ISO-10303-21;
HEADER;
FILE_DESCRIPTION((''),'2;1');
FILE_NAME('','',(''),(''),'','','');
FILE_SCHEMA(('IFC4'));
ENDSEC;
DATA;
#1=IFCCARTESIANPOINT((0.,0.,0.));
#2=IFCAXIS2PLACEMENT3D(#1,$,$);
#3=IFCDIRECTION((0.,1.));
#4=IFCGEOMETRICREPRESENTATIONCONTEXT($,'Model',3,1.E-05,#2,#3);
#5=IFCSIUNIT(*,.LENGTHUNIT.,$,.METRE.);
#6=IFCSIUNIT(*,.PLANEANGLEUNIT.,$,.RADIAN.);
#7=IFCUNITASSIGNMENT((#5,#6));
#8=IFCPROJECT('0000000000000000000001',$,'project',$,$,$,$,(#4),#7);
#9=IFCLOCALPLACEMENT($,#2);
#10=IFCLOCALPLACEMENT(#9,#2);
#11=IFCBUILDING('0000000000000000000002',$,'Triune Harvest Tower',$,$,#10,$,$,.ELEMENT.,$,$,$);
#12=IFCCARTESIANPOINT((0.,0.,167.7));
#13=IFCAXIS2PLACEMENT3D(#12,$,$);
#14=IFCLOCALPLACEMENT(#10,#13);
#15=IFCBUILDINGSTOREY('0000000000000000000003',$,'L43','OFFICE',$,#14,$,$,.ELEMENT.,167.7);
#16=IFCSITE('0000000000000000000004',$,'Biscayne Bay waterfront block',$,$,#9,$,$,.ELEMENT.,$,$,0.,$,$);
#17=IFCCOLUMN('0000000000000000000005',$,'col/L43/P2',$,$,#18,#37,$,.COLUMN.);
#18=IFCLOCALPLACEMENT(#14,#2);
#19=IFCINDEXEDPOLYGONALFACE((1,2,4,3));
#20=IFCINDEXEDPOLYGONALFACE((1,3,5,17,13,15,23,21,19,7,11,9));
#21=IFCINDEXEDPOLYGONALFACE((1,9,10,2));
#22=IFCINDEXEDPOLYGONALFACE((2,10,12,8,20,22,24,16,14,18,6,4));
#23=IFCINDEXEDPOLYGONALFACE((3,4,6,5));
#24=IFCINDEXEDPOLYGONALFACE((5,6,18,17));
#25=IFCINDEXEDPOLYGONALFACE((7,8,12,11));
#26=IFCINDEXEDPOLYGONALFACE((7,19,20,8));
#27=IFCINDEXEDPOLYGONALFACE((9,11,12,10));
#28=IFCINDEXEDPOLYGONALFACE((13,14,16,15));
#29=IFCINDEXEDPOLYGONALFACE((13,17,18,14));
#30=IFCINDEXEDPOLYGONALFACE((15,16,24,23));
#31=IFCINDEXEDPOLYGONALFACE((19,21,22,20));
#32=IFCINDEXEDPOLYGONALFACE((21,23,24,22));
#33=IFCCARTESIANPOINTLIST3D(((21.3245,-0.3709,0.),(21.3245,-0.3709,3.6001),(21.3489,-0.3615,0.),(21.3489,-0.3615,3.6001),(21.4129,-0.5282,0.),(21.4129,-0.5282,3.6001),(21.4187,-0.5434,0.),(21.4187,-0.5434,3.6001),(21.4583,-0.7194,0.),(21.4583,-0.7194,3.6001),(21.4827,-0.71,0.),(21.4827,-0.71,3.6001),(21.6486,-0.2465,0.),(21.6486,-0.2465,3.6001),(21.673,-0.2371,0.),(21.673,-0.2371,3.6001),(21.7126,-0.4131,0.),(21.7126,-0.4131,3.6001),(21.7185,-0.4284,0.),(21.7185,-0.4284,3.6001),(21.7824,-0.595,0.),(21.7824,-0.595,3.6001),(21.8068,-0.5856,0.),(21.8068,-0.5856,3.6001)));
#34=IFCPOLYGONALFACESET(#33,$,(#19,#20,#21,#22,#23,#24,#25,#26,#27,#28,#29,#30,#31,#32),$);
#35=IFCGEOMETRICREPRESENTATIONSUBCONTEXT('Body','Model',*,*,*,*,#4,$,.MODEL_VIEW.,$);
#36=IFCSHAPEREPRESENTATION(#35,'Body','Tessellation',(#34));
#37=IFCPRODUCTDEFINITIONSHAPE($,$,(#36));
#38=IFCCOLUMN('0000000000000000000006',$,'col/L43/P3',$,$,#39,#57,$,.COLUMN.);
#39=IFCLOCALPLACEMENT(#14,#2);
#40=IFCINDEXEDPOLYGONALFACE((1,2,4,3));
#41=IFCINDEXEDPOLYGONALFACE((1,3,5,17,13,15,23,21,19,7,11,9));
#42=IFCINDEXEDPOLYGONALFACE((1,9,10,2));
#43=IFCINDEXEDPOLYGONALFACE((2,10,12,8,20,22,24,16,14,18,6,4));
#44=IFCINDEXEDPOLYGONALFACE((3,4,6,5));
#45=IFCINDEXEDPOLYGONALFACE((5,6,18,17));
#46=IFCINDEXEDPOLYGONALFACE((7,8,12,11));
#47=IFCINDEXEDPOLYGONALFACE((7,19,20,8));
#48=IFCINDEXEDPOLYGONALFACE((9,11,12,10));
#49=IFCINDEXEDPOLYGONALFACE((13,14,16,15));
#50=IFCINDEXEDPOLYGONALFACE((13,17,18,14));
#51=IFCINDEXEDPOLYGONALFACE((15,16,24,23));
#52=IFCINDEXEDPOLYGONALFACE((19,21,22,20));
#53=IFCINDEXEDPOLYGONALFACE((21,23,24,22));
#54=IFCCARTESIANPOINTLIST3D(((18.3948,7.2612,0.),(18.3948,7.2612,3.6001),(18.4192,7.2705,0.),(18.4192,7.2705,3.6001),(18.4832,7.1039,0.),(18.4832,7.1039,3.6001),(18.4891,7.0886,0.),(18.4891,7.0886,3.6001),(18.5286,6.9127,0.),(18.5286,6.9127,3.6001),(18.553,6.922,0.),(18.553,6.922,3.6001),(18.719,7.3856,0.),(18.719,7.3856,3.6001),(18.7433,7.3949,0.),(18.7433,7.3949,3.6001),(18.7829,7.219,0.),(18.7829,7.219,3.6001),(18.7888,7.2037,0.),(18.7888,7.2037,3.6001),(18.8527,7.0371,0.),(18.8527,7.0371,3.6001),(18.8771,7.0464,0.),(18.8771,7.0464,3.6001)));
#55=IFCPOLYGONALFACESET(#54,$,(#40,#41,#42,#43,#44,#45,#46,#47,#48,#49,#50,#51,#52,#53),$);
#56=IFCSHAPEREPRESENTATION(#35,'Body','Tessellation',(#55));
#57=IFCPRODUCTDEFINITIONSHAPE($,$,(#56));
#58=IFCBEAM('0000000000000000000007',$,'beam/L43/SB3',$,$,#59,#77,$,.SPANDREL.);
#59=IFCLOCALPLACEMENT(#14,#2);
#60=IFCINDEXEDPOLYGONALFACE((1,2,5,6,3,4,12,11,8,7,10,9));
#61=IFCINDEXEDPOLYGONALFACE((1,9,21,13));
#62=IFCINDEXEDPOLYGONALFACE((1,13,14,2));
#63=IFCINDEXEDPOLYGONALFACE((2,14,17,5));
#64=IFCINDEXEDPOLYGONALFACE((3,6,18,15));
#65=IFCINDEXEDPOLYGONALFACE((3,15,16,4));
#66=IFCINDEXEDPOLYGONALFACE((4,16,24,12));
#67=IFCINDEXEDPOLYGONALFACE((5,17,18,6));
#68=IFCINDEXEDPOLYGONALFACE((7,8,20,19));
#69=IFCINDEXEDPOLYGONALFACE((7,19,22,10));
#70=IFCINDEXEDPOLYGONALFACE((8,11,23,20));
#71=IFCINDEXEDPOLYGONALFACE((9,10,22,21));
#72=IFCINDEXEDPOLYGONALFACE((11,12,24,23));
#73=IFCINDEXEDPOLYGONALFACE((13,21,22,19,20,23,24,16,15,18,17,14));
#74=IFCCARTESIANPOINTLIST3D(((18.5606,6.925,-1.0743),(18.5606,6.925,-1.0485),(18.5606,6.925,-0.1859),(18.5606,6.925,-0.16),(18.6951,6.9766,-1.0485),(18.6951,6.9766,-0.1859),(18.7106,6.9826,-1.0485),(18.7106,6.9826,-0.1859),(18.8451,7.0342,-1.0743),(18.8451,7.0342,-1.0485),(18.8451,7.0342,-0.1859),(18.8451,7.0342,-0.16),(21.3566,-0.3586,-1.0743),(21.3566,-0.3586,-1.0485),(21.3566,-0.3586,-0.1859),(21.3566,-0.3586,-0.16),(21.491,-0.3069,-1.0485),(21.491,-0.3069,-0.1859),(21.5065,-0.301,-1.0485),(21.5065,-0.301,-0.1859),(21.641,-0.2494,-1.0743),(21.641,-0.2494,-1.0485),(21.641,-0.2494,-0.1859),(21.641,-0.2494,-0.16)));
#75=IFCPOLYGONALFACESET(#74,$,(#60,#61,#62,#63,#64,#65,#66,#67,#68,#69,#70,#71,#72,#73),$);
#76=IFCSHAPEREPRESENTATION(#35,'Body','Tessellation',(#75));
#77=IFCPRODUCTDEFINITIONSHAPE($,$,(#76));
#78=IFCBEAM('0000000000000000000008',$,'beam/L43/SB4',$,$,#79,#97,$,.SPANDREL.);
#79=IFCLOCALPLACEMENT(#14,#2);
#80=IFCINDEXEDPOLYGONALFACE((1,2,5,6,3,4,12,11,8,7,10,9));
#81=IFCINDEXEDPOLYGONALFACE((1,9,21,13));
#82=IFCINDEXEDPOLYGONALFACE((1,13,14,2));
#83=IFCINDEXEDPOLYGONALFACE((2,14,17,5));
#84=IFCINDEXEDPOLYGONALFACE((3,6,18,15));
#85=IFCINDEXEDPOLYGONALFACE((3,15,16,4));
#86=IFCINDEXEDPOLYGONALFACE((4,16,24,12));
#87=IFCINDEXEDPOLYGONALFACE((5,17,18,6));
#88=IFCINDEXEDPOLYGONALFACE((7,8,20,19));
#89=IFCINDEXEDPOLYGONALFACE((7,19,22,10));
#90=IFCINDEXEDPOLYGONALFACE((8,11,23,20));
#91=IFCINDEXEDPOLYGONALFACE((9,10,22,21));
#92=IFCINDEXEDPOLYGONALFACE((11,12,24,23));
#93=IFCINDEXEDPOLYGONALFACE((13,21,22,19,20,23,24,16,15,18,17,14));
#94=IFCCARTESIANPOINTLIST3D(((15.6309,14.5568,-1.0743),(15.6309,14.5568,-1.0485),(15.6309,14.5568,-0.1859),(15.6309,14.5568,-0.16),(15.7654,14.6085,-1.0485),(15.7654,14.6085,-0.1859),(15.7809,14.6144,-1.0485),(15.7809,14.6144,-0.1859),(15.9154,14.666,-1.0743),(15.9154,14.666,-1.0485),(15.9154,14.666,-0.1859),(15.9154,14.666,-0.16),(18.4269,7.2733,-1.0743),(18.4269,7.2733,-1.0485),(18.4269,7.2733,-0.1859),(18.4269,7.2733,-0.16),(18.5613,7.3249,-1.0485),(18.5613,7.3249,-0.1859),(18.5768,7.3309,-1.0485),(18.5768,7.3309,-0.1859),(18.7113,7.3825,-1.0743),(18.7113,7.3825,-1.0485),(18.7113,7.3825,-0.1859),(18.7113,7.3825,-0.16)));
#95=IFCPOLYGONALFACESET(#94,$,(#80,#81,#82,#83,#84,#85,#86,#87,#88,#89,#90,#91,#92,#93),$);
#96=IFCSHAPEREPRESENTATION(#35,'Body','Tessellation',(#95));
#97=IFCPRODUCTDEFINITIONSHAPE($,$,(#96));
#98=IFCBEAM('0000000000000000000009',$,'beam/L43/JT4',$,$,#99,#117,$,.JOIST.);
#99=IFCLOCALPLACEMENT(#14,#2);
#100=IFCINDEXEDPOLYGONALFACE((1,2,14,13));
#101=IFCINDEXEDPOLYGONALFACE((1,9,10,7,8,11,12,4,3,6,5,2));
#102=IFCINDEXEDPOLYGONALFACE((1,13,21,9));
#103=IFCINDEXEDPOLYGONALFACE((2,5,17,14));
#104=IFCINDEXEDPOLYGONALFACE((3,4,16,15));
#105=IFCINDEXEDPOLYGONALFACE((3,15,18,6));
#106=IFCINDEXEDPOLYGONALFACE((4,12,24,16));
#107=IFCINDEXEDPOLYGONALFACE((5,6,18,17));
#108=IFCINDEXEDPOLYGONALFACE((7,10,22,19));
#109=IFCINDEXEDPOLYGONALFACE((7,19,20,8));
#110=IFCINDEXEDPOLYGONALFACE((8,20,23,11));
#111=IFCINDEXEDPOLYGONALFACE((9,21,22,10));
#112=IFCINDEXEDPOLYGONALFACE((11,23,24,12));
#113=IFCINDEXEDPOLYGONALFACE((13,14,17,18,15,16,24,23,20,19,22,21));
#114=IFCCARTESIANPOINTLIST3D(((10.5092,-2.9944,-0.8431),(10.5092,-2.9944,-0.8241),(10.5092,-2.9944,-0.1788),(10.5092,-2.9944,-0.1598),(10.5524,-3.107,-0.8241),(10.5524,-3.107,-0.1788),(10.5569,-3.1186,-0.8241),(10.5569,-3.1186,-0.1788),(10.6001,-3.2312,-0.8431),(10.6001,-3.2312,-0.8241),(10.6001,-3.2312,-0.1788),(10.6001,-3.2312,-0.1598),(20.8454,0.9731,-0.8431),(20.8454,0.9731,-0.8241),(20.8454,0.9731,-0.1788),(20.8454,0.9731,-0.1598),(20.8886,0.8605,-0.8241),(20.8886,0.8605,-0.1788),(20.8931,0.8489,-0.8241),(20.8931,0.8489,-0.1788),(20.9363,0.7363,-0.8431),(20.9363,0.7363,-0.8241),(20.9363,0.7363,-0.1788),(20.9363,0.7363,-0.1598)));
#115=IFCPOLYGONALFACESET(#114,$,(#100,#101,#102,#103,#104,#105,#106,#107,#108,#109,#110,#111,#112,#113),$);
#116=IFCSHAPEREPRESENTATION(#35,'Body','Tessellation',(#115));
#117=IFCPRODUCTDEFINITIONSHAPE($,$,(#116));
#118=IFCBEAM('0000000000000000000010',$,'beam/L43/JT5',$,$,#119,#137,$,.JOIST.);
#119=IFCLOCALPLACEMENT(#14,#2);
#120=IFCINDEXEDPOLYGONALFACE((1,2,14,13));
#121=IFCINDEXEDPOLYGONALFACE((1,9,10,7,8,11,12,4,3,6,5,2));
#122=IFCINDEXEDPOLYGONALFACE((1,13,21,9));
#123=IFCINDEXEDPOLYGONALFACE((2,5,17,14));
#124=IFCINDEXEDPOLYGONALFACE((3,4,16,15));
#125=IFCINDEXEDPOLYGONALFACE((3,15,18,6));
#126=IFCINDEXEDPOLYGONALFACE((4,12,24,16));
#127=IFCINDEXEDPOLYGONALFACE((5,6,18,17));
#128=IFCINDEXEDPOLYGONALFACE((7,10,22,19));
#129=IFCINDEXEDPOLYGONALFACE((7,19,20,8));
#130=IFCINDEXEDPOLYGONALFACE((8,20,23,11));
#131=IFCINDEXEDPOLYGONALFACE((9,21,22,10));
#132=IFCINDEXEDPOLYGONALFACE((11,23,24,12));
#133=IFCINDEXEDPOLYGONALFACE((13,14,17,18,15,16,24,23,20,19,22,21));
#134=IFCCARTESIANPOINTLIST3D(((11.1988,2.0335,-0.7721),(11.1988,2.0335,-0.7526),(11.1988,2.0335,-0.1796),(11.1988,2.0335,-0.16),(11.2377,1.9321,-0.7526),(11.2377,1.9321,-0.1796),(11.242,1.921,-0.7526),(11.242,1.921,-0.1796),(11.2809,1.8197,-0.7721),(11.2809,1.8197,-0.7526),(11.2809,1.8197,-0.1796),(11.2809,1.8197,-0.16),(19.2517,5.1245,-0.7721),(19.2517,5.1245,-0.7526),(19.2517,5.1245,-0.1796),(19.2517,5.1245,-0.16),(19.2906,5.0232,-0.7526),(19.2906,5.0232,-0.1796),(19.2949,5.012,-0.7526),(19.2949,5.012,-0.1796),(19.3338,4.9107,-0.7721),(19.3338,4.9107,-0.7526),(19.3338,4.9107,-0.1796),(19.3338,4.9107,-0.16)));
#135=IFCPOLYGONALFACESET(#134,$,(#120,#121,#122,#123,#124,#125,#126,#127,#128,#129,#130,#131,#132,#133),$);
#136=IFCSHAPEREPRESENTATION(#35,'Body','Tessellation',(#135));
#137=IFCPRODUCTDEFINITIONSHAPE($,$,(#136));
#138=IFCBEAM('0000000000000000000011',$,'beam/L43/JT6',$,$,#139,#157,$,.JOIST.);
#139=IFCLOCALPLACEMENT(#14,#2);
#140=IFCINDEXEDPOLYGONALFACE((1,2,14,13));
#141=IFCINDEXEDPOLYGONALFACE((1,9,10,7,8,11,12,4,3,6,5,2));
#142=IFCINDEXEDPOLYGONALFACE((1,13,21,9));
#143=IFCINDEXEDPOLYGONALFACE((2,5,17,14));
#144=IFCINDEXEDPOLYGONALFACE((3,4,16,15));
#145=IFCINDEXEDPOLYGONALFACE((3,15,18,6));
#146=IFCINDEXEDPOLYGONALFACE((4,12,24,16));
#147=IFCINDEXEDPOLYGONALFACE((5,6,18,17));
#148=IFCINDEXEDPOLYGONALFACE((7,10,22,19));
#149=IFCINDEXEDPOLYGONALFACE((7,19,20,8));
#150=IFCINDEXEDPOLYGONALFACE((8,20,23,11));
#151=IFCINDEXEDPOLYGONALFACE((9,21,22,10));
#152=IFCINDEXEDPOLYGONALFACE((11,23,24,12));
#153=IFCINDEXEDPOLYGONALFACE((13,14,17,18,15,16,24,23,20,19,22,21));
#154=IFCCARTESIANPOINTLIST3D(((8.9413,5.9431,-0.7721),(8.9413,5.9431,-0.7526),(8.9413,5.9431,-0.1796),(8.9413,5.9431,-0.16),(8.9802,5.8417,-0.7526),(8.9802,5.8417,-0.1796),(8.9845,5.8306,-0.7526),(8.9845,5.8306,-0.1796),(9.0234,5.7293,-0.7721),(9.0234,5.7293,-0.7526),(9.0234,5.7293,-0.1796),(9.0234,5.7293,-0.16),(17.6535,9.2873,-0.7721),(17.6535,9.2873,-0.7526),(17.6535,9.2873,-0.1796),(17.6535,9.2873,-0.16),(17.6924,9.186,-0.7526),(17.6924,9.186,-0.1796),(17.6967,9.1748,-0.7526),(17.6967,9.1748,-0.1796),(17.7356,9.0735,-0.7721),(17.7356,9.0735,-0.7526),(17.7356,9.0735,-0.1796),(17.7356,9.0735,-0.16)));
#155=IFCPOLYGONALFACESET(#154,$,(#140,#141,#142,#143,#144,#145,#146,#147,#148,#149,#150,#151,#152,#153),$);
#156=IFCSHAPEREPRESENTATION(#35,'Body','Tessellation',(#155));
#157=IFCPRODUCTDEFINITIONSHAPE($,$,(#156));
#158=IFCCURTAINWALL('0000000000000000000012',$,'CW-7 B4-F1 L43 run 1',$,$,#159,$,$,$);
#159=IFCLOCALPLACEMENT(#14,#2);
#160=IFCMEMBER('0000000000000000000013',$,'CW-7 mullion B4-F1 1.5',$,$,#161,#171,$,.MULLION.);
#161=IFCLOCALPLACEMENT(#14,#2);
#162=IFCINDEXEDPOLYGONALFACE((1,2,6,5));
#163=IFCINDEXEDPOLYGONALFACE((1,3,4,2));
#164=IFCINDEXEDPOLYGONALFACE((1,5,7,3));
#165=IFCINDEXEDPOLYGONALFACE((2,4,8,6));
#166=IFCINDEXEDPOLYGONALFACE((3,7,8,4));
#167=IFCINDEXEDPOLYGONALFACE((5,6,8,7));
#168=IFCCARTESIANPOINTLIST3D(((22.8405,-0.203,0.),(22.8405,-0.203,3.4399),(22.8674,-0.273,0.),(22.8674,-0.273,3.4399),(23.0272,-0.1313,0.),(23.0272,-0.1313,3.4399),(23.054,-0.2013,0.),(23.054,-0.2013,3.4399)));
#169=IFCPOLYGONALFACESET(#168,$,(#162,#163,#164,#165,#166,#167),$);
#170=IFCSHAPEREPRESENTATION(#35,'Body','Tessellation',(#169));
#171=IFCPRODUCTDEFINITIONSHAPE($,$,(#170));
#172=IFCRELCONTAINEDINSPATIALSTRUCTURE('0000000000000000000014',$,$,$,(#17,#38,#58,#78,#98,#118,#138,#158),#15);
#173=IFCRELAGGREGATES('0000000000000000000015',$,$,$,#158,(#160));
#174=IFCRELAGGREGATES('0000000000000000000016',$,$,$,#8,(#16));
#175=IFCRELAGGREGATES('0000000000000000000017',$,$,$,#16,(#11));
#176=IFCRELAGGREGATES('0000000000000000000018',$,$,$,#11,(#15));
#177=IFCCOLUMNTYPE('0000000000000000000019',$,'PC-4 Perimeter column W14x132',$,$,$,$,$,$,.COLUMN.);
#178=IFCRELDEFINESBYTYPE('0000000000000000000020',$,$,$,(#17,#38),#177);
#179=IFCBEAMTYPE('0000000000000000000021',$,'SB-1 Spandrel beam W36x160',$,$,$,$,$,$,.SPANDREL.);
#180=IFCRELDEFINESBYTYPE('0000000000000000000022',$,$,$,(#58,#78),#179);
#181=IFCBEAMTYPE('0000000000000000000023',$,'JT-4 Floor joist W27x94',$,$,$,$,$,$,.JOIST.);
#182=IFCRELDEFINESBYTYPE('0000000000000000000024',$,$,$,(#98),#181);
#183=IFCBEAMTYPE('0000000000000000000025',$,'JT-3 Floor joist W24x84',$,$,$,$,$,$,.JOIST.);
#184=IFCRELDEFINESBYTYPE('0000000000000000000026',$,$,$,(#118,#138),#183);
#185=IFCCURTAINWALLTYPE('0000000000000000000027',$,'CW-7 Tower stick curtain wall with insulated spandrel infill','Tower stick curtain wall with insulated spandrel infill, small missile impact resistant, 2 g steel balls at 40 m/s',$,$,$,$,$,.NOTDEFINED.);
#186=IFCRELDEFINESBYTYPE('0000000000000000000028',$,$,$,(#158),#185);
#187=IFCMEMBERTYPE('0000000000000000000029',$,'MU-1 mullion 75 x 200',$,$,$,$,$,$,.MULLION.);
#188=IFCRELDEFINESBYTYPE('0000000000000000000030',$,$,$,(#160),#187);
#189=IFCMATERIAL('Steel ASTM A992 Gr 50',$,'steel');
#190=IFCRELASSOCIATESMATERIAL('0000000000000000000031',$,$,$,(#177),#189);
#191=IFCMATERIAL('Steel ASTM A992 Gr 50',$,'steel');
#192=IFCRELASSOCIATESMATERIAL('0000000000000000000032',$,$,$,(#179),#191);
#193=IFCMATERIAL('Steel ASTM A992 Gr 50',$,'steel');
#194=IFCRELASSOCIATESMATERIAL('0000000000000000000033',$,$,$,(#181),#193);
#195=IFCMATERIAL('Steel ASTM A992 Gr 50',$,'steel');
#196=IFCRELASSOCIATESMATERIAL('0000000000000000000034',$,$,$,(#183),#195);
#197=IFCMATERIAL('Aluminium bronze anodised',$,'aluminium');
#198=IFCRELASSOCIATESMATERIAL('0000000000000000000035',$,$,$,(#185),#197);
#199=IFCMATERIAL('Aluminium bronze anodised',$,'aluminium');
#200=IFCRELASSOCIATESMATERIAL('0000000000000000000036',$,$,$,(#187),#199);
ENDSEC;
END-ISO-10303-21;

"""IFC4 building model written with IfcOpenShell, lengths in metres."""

from ifc_helpers import new_model, si_unit, direction, frame, origin, origin_2d, place, context, subcontext, project, spatial, rectangle, i_section, extrude, source, transform, mapped, material, material_profile, profile_set, type_object, element, aggregate, save


model = new_model("IFC4")

# Units and contexts
model_context = context("Model", 3, precision=1e-05, world=origin(), true_north=direction((0.0, 1.0)))
body_context = subcontext(model_context, "Body", "Model", "MODEL_VIEW")
ifc_project = project(units=[si_unit("LENGTHUNIT", "METRE"), si_unit("PLANEANGLEUNIT", "RADIAN")], contexts=[model_context])

# Site, building, storey
site_placement = place(None, origin())
site = spatial("IfcSite", under=ifc_project, at=site_placement, Name="Biscayne Bay waterfront block", CompositionType="ELEMENT", RefElevation=0.0)
building_placement = place(site_placement, origin())
building = spatial("IfcBuilding", under=site, at=building_placement, Name="Triune Harvest Tower", CompositionType="ELEMENT")
storey_placement = place(building_placement, frame((0.0, 0.0, 167.7)))
storey = spatial("IfcBuildingStorey", under=building, at=storey_placement, Name="L43", Description="OFFICE", CompositionType="ELEMENT", Elevation=167.7)

# Columns
ifc_material_1 = material(Name="Steel ASTM A992 Gr 50", Category="steel")
ifc_material_profile_1 = material_profile(ifc_material_1, i_section(OverallWidth=0.3733, OverallDepth=0.3733, WebThickness=0.0164, FlangeThickness=0.0261, at=origin_2d()), Name="W14x132")
ifc_profile_set_1 = profile_set([ifc_material_profile_1], Name="Steel ASTM A992 Gr 50")
column_type = type_object("IfcColumnType", Name="PC-4 Perimeter column W14x132", PredefinedType="COLUMN", material=ifc_profile_set_1)
shared_shape_1 = source(origin(), body_context, "Body", "SweptSolid", [
    extrude(i_section(OverallWidth=0.3733, OverallDepth=0.3733, WebThickness=0.0164, FlangeThickness=0.0261, at=origin_2d()), origin(), (0.0, 0.0, 1.0), 3.6001),
])
for number, where, z_axis, x_axis, name in (
    (1, (21.5657, -0.4783, 0.0), (0.0, 0.0, 1.0), (-0.358368, 0.93358, 0.0), "col/L43/P2"),
    (2, (18.636, 7.1538, 0.0), (0.0, 0.0, 1.0), (-0.358368, 0.93358, 0.0), "col/L43/P3"),
):
    element("IfcColumn", number, at=place(storey_placement, frame(where, z_axis=z_axis, x_axis=x_axis)), inside=storey, type_object=column_type, Name=name, PredefinedType="COLUMN", context=body_context, shape_type="MappedRepresentation", body=[
        mapped(shared_shape_1, transform((0.0, 0.0, 0.0), scale=1.0)),
    ])

# Beams
ifc_material_2 = material(Name="Steel ASTM A992 Gr 50", Category="steel")
ifc_material_profile_2 = material_profile(ifc_material_2, i_section(OverallWidth=0.3047, OverallDepth=0.9143, WebThickness=0.0166, FlangeThickness=0.0259, at=origin_2d()), Name="W36x160")
ifc_profile_set_2 = profile_set([ifc_material_profile_2], Name="Steel ASTM A992 Gr 50")
beam_type_1 = type_object("IfcBeamType", Name="SB-1 Spandrel beam W36x160", PredefinedType="SPANDREL", material=ifc_profile_set_2)
shared_shape_2 = source(origin(), body_context, "Body", "SweptSolid", [
    extrude(i_section(OverallWidth=0.3047, OverallDepth=0.9143, WebThickness=0.0166, FlangeThickness=0.0259, at=origin_2d()), origin(), (0.0, 0.0, 1.0), 7.8018),
])
for number, where, z_axis, x_axis, name in (
    (3, (21.4988, -0.304, -0.6172), (-0.358373, 0.933578, 0.0), (-0.933578, -0.358373, 0.0), "beam/L43/SB3"),
    (4, (18.5691, 7.3279, -0.6172), (-0.358373, 0.933578, 0.0), (-0.933578, -0.358373, 0.0), "beam/L43/SB4"),
):
    element("IfcBeam", number, at=place(storey_placement, frame(where, z_axis=z_axis, x_axis=x_axis)), inside=storey, type_object=beam_type_1, Name=name, PredefinedType="SPANDREL", context=body_context, shape_type="MappedRepresentation", body=[
        mapped(shared_shape_2, transform((0.0, 0.0, 0.0), scale=1.0)),
    ])
ifc_material_3 = material(Name="Steel ASTM A992 Gr 50", Category="steel")
ifc_material_profile_3 = material_profile(ifc_material_3, i_section(OverallWidth=0.2537, OverallDepth=0.6833, WebThickness=0.0125, FlangeThickness=0.019, at=origin_2d()), Name="W27x94")
ifc_profile_set_3 = profile_set([ifc_material_profile_3], Name="Steel ASTM A992 Gr 50")
beam_type_2 = type_object("IfcBeamType", Name="JT-4 Floor joist W27x94", PredefinedType="JOIST", material=ifc_profile_set_3)
shared_shape_3 = source(origin(), body_context, "Body", "SweptSolid", [
    extrude(i_section(OverallWidth=0.2537, OverallDepth=0.6833, WebThickness=0.0125, FlangeThickness=0.019, at=origin_2d()), origin(), (0.0, 0.0, 1.0), 11.0715),
])
beam_1_placement = place(storey_placement, frame((20.8909, 0.8547, -0.5015), z_axis=(-0.933585, -0.358355, 0.0), x_axis=(0.358355, -0.933585, 0.0)))
element("IfcBeam", 5, at=beam_1_placement, inside=storey, type_object=beam_type_2, Name="beam/L43/JT4", PredefinedType="JOIST", context=body_context, shape_type="MappedRepresentation", body=[
    mapped(shared_shape_3, transform((0.0, 0.0, 0.0), scale=1.0)),
])
ifc_material_4 = material(Name="Steel ASTM A992 Gr 50", Category="steel")
ifc_material_profile_4 = material_profile(ifc_material_4, i_section(OverallWidth=0.229, OverallDepth=0.6121, WebThickness=0.012, FlangeThickness=0.0195, at=origin_2d()), Name="W24x84")
ifc_profile_set_4 = profile_set([ifc_material_profile_4], Name="Steel ASTM A992 Gr 50")
beam_type_3 = type_object("IfcBeamType", Name="JT-3 Floor joist W24x84", PredefinedType="JOIST", material=ifc_profile_set_4)
shared_shape_4 = source(origin(), body_context, "Body", "SweptSolid", [
    extrude(i_section(OverallWidth=0.229, OverallDepth=0.6121, WebThickness=0.012, FlangeThickness=0.0195, at=origin_2d()), origin(), (0.0, 0.0, 1.0), 8.6257),
])
beam_2_placement = place(storey_placement, frame((19.2927, 5.0176, -0.4661), z_axis=(-0.933588, -0.358349, 0.0), x_axis=(0.358349, -0.933588, 0.0)))
element("IfcBeam", 6, at=beam_2_placement, inside=storey, type_object=beam_type_3, Name="beam/L43/JT5", PredefinedType="JOIST", context=body_context, shape_type="MappedRepresentation", body=[
    mapped(shared_shape_4, transform((0.0, 0.0, 0.0), scale=1.0)),
])
shared_shape_5 = source(origin(), body_context, "Body", "SweptSolid", [
    extrude(i_section(OverallWidth=0.229, OverallDepth=0.6121, WebThickness=0.012, FlangeThickness=0.0195, at=origin_2d()), origin(), (0.0, 0.0, 1.0), 9.332),
])
beam_3_placement = place(storey_placement, frame((17.6946, 9.1804, -0.4661), z_axis=(-0.933582, -0.358364, 0.0), x_axis=(0.358364, -0.933582, 0.0)))
element("IfcBeam", 7, at=beam_3_placement, inside=storey, type_object=beam_type_3, Name="beam/L43/JT6", PredefinedType="JOIST", context=body_context, shape_type="MappedRepresentation", body=[
    mapped(shared_shape_5, transform((0.0, 0.0, 0.0), scale=1.0)),
])

# Curtain wall, member
ifc_material_5 = material(Name="Aluminium bronze anodised", Category="aluminium")
curtain_wall_type_1 = type_object("IfcCurtainWallType", Name="CW-7 Tower stick curtain wall with insulated spandrel infill", Description="Tower stick curtain wall with insulated spandrel infill, small missile impact resistant, 2 g steel balls at 40 m/s", PredefinedType="NOTDEFINED", material=ifc_material_5)
curtain_wall_1_placement = place(storey_placement, origin())
curtain_wall_1 = element("IfcCurtainWall", 8, at=curtain_wall_1_placement, inside=storey, type_object=curtain_wall_type_1, Name="CW-7 B4-F1 L43 run 1")
ifc_material_6 = material(Name="Aluminium bronze anodised", Category="aluminium")
ifc_material_profile_5 = material_profile(ifc_material_6, rectangle(XDim=0.2, YDim=0.075, at=origin_2d()), Name="MU-1 mullion 75 x 200")
ifc_profile_set_5 = profile_set([ifc_material_profile_5], Name="Aluminium bronze anodised")
member_type_1 = type_object("IfcMemberType", Name="MU-1 mullion 75 x 200", PredefinedType="MULLION", material=ifc_profile_set_5)
shared_shape_6 = source(origin(), body_context, "Body", "SweptSolid", [
    extrude(rectangle(XDim=0.2, YDim=0.075, at=origin_2d()), origin(), (0.0, 0.0, 1.0), 3.4399),
])
member_1_placement = place(storey_placement, frame((22.9473, -0.2021, 0.0), z_axis=(0.0, 0.0, 1.0), x_axis=(-0.93358, -0.35837, 0.0)))
member_1 = element("IfcMember", 9, at=member_1_placement, type_object=member_type_1, Name="CW-7 mullion B4-F1 1.5", PredefinedType="MULLION", context=body_context, shape_type="MappedRepresentation", body=[
    mapped(shared_shape_6, transform((0.0, 0.0, 0.0), scale=1.0)),
])

aggregate(curtain_wall_1, [member_1])

save(model, "model.ifc")
